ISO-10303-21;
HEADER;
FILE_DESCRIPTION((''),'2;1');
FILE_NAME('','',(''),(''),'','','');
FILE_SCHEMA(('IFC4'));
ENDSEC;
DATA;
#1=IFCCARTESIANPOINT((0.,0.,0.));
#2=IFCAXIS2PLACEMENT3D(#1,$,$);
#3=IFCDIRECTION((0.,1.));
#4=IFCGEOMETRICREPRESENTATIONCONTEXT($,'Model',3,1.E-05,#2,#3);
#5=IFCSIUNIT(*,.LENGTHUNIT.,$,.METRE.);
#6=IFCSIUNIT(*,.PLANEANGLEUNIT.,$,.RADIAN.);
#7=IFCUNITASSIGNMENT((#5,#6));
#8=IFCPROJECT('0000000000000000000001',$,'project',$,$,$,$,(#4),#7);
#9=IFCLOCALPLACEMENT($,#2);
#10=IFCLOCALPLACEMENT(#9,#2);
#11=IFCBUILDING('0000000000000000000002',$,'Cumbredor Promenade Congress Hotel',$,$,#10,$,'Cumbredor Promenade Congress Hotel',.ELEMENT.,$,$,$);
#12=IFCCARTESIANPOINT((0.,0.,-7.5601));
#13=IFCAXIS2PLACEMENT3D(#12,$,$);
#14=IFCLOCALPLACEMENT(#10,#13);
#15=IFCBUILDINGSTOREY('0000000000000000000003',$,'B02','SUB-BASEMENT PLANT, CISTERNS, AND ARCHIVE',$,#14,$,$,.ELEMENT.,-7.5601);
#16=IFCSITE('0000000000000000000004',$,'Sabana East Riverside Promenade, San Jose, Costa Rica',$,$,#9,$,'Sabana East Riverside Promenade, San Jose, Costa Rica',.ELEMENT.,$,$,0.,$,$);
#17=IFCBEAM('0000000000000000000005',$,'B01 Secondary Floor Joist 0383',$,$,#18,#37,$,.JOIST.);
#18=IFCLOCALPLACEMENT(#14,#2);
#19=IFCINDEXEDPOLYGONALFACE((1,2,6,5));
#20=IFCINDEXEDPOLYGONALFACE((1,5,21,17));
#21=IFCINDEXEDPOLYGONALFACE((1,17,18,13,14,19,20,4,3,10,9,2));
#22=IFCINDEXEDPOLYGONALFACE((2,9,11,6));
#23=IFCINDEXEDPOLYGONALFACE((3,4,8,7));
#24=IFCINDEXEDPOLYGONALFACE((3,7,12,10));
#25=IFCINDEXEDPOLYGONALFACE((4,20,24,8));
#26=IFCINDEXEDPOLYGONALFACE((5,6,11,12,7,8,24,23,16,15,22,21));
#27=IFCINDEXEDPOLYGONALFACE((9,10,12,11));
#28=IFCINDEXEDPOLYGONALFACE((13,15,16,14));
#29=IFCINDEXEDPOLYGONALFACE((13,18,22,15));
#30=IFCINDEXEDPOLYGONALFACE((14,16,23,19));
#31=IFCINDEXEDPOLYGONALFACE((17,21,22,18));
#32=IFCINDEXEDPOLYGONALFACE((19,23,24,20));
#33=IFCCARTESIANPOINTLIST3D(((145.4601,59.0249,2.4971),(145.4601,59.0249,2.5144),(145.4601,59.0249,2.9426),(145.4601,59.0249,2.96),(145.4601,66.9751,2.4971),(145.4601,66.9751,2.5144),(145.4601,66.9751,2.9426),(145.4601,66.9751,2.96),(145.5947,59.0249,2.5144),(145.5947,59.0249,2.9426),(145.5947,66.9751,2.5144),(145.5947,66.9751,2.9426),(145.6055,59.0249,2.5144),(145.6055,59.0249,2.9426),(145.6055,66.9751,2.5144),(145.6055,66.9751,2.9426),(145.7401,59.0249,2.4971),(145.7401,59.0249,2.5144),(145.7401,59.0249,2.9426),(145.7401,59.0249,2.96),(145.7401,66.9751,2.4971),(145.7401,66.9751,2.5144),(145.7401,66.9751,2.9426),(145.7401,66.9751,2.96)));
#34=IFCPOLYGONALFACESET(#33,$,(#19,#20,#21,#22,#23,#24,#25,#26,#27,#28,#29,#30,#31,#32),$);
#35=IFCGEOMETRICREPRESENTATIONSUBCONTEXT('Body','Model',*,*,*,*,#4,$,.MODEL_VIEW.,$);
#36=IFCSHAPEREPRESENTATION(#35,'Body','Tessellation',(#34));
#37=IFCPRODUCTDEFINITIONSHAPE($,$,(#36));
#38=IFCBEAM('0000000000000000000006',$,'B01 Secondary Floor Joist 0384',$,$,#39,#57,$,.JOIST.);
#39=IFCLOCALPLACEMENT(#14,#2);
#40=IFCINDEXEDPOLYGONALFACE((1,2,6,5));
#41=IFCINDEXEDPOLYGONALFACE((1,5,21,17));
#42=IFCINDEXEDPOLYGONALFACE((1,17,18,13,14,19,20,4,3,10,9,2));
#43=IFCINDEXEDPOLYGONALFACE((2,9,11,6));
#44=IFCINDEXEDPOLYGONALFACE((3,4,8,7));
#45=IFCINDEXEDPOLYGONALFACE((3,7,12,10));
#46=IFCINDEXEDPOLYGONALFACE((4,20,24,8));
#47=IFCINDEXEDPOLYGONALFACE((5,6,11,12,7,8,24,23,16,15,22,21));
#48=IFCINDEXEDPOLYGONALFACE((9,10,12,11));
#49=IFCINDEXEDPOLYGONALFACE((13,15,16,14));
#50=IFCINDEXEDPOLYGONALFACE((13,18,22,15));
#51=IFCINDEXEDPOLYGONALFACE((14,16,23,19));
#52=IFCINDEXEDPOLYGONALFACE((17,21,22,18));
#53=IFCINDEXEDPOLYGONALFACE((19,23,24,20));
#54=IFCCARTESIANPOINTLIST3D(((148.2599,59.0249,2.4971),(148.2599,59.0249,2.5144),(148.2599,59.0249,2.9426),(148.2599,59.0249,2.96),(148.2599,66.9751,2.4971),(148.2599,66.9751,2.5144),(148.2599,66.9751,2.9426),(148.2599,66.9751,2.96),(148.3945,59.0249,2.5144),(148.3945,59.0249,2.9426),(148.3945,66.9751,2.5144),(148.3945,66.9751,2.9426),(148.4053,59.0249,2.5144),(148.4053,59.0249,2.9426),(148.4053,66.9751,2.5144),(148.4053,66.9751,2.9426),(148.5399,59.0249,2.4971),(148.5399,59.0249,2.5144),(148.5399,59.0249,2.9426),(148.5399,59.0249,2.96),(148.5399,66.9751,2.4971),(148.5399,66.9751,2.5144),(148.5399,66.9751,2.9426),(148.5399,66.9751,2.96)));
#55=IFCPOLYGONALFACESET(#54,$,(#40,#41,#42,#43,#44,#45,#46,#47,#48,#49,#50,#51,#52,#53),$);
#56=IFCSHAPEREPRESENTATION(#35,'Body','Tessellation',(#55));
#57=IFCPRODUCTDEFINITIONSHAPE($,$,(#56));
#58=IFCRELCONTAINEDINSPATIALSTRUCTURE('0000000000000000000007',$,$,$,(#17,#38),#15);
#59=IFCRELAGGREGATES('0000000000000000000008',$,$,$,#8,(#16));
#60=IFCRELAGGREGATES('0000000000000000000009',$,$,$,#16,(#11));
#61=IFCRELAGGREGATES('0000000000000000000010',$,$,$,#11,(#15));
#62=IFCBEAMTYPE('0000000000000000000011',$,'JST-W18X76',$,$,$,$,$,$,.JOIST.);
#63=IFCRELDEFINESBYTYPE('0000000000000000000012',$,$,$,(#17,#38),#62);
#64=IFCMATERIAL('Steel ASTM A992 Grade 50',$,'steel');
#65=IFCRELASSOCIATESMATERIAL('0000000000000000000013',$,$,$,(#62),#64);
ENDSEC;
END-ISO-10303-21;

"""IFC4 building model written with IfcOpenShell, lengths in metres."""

from ifc_helpers import new_model, si_unit, direction, frame, origin, origin_2d, place, context, subcontext, project, spatial, i_section, extrude, material, material_profile, profile_set, type_object, element, save


model = new_model("IFC4")

# Units and contexts
model_context = context("Model", 3, precision=1e-05, world=origin(), true_north=direction((0.0, 1.0)))
body_context = subcontext(model_context, "Body", "Model", "MODEL_VIEW")
ifc_project = project(units=[si_unit("LENGTHUNIT", "METRE"), si_unit("PLANEANGLEUNIT", "RADIAN")], contexts=[model_context])

# Site, building, storey
site_placement = place(None, origin())
site = spatial("IfcSite", under=ifc_project, at=site_placement, Name="Sabana East Riverside Promenade, San Jose, Costa Rica", LongName="Sabana East Riverside Promenade, San Jose, Costa Rica", CompositionType="ELEMENT", RefElevation=0.0)
building_placement = place(site_placement, origin())
building = spatial("IfcBuilding", under=site, at=building_placement, Name="Cumbredor Promenade Congress Hotel", LongName="Cumbredor Promenade Congress Hotel", CompositionType="ELEMENT")
storey_placement = place(building_placement, frame((0.0, 0.0, -7.5601)))
storey = spatial("IfcBuildingStorey", under=building, at=storey_placement, Name="B02", Description="SUB-BASEMENT PLANT, CISTERNS, AND ARCHIVE", CompositionType="ELEMENT", Elevation=-7.5601)

# Beams
ifc_material_1 = material(Name="Steel ASTM A992 Grade 50", Category="steel")
ifc_material_profile_1 = material_profile(ifc_material_1, i_section(OverallWidth=0.28, OverallDepth=0.4629, WebThickness=0.0107, FlangeThickness=0.0173, at=origin_2d()), Name="W18X76")
ifc_profile_set_1 = profile_set([ifc_material_profile_1], Name="Steel ASTM A992 Grade 50")
beam_type_1 = type_object("IfcBeamType", Name="JST-W18X76", PredefinedType="JOIST", material=ifc_profile_set_1)
for number, where, z_axis, x_axis, name in (
    (1, (145.6001, 59.0249, 2.7285), (0.0, 1.0, 0.0), (-1.0, 0.0, 0.0), "B01 Secondary Floor Joist 0383"),
    (2, (148.3999, 59.0249, 2.7285), (0.0, 1.0, 0.0), (-1.0, 0.0, 0.0), "B01 Secondary Floor Joist 0384"),
):
    element("IfcBeam", number, at=place(storey_placement, frame(where, z_axis=z_axis, x_axis=x_axis)), inside=storey, type_object=beam_type_1, Name=name, PredefinedType="JOIST", context=body_context, shape_type="SweptSolid", body=[
        extrude(i_section(OverallWidth=0.28, OverallDepth=0.4629, WebThickness=0.0107, FlangeThickness=0.0173, at=origin_2d()), origin(), (0.0, 0.0, 1.0), 7.9502),
    ])

save(model, "model.ifc")
